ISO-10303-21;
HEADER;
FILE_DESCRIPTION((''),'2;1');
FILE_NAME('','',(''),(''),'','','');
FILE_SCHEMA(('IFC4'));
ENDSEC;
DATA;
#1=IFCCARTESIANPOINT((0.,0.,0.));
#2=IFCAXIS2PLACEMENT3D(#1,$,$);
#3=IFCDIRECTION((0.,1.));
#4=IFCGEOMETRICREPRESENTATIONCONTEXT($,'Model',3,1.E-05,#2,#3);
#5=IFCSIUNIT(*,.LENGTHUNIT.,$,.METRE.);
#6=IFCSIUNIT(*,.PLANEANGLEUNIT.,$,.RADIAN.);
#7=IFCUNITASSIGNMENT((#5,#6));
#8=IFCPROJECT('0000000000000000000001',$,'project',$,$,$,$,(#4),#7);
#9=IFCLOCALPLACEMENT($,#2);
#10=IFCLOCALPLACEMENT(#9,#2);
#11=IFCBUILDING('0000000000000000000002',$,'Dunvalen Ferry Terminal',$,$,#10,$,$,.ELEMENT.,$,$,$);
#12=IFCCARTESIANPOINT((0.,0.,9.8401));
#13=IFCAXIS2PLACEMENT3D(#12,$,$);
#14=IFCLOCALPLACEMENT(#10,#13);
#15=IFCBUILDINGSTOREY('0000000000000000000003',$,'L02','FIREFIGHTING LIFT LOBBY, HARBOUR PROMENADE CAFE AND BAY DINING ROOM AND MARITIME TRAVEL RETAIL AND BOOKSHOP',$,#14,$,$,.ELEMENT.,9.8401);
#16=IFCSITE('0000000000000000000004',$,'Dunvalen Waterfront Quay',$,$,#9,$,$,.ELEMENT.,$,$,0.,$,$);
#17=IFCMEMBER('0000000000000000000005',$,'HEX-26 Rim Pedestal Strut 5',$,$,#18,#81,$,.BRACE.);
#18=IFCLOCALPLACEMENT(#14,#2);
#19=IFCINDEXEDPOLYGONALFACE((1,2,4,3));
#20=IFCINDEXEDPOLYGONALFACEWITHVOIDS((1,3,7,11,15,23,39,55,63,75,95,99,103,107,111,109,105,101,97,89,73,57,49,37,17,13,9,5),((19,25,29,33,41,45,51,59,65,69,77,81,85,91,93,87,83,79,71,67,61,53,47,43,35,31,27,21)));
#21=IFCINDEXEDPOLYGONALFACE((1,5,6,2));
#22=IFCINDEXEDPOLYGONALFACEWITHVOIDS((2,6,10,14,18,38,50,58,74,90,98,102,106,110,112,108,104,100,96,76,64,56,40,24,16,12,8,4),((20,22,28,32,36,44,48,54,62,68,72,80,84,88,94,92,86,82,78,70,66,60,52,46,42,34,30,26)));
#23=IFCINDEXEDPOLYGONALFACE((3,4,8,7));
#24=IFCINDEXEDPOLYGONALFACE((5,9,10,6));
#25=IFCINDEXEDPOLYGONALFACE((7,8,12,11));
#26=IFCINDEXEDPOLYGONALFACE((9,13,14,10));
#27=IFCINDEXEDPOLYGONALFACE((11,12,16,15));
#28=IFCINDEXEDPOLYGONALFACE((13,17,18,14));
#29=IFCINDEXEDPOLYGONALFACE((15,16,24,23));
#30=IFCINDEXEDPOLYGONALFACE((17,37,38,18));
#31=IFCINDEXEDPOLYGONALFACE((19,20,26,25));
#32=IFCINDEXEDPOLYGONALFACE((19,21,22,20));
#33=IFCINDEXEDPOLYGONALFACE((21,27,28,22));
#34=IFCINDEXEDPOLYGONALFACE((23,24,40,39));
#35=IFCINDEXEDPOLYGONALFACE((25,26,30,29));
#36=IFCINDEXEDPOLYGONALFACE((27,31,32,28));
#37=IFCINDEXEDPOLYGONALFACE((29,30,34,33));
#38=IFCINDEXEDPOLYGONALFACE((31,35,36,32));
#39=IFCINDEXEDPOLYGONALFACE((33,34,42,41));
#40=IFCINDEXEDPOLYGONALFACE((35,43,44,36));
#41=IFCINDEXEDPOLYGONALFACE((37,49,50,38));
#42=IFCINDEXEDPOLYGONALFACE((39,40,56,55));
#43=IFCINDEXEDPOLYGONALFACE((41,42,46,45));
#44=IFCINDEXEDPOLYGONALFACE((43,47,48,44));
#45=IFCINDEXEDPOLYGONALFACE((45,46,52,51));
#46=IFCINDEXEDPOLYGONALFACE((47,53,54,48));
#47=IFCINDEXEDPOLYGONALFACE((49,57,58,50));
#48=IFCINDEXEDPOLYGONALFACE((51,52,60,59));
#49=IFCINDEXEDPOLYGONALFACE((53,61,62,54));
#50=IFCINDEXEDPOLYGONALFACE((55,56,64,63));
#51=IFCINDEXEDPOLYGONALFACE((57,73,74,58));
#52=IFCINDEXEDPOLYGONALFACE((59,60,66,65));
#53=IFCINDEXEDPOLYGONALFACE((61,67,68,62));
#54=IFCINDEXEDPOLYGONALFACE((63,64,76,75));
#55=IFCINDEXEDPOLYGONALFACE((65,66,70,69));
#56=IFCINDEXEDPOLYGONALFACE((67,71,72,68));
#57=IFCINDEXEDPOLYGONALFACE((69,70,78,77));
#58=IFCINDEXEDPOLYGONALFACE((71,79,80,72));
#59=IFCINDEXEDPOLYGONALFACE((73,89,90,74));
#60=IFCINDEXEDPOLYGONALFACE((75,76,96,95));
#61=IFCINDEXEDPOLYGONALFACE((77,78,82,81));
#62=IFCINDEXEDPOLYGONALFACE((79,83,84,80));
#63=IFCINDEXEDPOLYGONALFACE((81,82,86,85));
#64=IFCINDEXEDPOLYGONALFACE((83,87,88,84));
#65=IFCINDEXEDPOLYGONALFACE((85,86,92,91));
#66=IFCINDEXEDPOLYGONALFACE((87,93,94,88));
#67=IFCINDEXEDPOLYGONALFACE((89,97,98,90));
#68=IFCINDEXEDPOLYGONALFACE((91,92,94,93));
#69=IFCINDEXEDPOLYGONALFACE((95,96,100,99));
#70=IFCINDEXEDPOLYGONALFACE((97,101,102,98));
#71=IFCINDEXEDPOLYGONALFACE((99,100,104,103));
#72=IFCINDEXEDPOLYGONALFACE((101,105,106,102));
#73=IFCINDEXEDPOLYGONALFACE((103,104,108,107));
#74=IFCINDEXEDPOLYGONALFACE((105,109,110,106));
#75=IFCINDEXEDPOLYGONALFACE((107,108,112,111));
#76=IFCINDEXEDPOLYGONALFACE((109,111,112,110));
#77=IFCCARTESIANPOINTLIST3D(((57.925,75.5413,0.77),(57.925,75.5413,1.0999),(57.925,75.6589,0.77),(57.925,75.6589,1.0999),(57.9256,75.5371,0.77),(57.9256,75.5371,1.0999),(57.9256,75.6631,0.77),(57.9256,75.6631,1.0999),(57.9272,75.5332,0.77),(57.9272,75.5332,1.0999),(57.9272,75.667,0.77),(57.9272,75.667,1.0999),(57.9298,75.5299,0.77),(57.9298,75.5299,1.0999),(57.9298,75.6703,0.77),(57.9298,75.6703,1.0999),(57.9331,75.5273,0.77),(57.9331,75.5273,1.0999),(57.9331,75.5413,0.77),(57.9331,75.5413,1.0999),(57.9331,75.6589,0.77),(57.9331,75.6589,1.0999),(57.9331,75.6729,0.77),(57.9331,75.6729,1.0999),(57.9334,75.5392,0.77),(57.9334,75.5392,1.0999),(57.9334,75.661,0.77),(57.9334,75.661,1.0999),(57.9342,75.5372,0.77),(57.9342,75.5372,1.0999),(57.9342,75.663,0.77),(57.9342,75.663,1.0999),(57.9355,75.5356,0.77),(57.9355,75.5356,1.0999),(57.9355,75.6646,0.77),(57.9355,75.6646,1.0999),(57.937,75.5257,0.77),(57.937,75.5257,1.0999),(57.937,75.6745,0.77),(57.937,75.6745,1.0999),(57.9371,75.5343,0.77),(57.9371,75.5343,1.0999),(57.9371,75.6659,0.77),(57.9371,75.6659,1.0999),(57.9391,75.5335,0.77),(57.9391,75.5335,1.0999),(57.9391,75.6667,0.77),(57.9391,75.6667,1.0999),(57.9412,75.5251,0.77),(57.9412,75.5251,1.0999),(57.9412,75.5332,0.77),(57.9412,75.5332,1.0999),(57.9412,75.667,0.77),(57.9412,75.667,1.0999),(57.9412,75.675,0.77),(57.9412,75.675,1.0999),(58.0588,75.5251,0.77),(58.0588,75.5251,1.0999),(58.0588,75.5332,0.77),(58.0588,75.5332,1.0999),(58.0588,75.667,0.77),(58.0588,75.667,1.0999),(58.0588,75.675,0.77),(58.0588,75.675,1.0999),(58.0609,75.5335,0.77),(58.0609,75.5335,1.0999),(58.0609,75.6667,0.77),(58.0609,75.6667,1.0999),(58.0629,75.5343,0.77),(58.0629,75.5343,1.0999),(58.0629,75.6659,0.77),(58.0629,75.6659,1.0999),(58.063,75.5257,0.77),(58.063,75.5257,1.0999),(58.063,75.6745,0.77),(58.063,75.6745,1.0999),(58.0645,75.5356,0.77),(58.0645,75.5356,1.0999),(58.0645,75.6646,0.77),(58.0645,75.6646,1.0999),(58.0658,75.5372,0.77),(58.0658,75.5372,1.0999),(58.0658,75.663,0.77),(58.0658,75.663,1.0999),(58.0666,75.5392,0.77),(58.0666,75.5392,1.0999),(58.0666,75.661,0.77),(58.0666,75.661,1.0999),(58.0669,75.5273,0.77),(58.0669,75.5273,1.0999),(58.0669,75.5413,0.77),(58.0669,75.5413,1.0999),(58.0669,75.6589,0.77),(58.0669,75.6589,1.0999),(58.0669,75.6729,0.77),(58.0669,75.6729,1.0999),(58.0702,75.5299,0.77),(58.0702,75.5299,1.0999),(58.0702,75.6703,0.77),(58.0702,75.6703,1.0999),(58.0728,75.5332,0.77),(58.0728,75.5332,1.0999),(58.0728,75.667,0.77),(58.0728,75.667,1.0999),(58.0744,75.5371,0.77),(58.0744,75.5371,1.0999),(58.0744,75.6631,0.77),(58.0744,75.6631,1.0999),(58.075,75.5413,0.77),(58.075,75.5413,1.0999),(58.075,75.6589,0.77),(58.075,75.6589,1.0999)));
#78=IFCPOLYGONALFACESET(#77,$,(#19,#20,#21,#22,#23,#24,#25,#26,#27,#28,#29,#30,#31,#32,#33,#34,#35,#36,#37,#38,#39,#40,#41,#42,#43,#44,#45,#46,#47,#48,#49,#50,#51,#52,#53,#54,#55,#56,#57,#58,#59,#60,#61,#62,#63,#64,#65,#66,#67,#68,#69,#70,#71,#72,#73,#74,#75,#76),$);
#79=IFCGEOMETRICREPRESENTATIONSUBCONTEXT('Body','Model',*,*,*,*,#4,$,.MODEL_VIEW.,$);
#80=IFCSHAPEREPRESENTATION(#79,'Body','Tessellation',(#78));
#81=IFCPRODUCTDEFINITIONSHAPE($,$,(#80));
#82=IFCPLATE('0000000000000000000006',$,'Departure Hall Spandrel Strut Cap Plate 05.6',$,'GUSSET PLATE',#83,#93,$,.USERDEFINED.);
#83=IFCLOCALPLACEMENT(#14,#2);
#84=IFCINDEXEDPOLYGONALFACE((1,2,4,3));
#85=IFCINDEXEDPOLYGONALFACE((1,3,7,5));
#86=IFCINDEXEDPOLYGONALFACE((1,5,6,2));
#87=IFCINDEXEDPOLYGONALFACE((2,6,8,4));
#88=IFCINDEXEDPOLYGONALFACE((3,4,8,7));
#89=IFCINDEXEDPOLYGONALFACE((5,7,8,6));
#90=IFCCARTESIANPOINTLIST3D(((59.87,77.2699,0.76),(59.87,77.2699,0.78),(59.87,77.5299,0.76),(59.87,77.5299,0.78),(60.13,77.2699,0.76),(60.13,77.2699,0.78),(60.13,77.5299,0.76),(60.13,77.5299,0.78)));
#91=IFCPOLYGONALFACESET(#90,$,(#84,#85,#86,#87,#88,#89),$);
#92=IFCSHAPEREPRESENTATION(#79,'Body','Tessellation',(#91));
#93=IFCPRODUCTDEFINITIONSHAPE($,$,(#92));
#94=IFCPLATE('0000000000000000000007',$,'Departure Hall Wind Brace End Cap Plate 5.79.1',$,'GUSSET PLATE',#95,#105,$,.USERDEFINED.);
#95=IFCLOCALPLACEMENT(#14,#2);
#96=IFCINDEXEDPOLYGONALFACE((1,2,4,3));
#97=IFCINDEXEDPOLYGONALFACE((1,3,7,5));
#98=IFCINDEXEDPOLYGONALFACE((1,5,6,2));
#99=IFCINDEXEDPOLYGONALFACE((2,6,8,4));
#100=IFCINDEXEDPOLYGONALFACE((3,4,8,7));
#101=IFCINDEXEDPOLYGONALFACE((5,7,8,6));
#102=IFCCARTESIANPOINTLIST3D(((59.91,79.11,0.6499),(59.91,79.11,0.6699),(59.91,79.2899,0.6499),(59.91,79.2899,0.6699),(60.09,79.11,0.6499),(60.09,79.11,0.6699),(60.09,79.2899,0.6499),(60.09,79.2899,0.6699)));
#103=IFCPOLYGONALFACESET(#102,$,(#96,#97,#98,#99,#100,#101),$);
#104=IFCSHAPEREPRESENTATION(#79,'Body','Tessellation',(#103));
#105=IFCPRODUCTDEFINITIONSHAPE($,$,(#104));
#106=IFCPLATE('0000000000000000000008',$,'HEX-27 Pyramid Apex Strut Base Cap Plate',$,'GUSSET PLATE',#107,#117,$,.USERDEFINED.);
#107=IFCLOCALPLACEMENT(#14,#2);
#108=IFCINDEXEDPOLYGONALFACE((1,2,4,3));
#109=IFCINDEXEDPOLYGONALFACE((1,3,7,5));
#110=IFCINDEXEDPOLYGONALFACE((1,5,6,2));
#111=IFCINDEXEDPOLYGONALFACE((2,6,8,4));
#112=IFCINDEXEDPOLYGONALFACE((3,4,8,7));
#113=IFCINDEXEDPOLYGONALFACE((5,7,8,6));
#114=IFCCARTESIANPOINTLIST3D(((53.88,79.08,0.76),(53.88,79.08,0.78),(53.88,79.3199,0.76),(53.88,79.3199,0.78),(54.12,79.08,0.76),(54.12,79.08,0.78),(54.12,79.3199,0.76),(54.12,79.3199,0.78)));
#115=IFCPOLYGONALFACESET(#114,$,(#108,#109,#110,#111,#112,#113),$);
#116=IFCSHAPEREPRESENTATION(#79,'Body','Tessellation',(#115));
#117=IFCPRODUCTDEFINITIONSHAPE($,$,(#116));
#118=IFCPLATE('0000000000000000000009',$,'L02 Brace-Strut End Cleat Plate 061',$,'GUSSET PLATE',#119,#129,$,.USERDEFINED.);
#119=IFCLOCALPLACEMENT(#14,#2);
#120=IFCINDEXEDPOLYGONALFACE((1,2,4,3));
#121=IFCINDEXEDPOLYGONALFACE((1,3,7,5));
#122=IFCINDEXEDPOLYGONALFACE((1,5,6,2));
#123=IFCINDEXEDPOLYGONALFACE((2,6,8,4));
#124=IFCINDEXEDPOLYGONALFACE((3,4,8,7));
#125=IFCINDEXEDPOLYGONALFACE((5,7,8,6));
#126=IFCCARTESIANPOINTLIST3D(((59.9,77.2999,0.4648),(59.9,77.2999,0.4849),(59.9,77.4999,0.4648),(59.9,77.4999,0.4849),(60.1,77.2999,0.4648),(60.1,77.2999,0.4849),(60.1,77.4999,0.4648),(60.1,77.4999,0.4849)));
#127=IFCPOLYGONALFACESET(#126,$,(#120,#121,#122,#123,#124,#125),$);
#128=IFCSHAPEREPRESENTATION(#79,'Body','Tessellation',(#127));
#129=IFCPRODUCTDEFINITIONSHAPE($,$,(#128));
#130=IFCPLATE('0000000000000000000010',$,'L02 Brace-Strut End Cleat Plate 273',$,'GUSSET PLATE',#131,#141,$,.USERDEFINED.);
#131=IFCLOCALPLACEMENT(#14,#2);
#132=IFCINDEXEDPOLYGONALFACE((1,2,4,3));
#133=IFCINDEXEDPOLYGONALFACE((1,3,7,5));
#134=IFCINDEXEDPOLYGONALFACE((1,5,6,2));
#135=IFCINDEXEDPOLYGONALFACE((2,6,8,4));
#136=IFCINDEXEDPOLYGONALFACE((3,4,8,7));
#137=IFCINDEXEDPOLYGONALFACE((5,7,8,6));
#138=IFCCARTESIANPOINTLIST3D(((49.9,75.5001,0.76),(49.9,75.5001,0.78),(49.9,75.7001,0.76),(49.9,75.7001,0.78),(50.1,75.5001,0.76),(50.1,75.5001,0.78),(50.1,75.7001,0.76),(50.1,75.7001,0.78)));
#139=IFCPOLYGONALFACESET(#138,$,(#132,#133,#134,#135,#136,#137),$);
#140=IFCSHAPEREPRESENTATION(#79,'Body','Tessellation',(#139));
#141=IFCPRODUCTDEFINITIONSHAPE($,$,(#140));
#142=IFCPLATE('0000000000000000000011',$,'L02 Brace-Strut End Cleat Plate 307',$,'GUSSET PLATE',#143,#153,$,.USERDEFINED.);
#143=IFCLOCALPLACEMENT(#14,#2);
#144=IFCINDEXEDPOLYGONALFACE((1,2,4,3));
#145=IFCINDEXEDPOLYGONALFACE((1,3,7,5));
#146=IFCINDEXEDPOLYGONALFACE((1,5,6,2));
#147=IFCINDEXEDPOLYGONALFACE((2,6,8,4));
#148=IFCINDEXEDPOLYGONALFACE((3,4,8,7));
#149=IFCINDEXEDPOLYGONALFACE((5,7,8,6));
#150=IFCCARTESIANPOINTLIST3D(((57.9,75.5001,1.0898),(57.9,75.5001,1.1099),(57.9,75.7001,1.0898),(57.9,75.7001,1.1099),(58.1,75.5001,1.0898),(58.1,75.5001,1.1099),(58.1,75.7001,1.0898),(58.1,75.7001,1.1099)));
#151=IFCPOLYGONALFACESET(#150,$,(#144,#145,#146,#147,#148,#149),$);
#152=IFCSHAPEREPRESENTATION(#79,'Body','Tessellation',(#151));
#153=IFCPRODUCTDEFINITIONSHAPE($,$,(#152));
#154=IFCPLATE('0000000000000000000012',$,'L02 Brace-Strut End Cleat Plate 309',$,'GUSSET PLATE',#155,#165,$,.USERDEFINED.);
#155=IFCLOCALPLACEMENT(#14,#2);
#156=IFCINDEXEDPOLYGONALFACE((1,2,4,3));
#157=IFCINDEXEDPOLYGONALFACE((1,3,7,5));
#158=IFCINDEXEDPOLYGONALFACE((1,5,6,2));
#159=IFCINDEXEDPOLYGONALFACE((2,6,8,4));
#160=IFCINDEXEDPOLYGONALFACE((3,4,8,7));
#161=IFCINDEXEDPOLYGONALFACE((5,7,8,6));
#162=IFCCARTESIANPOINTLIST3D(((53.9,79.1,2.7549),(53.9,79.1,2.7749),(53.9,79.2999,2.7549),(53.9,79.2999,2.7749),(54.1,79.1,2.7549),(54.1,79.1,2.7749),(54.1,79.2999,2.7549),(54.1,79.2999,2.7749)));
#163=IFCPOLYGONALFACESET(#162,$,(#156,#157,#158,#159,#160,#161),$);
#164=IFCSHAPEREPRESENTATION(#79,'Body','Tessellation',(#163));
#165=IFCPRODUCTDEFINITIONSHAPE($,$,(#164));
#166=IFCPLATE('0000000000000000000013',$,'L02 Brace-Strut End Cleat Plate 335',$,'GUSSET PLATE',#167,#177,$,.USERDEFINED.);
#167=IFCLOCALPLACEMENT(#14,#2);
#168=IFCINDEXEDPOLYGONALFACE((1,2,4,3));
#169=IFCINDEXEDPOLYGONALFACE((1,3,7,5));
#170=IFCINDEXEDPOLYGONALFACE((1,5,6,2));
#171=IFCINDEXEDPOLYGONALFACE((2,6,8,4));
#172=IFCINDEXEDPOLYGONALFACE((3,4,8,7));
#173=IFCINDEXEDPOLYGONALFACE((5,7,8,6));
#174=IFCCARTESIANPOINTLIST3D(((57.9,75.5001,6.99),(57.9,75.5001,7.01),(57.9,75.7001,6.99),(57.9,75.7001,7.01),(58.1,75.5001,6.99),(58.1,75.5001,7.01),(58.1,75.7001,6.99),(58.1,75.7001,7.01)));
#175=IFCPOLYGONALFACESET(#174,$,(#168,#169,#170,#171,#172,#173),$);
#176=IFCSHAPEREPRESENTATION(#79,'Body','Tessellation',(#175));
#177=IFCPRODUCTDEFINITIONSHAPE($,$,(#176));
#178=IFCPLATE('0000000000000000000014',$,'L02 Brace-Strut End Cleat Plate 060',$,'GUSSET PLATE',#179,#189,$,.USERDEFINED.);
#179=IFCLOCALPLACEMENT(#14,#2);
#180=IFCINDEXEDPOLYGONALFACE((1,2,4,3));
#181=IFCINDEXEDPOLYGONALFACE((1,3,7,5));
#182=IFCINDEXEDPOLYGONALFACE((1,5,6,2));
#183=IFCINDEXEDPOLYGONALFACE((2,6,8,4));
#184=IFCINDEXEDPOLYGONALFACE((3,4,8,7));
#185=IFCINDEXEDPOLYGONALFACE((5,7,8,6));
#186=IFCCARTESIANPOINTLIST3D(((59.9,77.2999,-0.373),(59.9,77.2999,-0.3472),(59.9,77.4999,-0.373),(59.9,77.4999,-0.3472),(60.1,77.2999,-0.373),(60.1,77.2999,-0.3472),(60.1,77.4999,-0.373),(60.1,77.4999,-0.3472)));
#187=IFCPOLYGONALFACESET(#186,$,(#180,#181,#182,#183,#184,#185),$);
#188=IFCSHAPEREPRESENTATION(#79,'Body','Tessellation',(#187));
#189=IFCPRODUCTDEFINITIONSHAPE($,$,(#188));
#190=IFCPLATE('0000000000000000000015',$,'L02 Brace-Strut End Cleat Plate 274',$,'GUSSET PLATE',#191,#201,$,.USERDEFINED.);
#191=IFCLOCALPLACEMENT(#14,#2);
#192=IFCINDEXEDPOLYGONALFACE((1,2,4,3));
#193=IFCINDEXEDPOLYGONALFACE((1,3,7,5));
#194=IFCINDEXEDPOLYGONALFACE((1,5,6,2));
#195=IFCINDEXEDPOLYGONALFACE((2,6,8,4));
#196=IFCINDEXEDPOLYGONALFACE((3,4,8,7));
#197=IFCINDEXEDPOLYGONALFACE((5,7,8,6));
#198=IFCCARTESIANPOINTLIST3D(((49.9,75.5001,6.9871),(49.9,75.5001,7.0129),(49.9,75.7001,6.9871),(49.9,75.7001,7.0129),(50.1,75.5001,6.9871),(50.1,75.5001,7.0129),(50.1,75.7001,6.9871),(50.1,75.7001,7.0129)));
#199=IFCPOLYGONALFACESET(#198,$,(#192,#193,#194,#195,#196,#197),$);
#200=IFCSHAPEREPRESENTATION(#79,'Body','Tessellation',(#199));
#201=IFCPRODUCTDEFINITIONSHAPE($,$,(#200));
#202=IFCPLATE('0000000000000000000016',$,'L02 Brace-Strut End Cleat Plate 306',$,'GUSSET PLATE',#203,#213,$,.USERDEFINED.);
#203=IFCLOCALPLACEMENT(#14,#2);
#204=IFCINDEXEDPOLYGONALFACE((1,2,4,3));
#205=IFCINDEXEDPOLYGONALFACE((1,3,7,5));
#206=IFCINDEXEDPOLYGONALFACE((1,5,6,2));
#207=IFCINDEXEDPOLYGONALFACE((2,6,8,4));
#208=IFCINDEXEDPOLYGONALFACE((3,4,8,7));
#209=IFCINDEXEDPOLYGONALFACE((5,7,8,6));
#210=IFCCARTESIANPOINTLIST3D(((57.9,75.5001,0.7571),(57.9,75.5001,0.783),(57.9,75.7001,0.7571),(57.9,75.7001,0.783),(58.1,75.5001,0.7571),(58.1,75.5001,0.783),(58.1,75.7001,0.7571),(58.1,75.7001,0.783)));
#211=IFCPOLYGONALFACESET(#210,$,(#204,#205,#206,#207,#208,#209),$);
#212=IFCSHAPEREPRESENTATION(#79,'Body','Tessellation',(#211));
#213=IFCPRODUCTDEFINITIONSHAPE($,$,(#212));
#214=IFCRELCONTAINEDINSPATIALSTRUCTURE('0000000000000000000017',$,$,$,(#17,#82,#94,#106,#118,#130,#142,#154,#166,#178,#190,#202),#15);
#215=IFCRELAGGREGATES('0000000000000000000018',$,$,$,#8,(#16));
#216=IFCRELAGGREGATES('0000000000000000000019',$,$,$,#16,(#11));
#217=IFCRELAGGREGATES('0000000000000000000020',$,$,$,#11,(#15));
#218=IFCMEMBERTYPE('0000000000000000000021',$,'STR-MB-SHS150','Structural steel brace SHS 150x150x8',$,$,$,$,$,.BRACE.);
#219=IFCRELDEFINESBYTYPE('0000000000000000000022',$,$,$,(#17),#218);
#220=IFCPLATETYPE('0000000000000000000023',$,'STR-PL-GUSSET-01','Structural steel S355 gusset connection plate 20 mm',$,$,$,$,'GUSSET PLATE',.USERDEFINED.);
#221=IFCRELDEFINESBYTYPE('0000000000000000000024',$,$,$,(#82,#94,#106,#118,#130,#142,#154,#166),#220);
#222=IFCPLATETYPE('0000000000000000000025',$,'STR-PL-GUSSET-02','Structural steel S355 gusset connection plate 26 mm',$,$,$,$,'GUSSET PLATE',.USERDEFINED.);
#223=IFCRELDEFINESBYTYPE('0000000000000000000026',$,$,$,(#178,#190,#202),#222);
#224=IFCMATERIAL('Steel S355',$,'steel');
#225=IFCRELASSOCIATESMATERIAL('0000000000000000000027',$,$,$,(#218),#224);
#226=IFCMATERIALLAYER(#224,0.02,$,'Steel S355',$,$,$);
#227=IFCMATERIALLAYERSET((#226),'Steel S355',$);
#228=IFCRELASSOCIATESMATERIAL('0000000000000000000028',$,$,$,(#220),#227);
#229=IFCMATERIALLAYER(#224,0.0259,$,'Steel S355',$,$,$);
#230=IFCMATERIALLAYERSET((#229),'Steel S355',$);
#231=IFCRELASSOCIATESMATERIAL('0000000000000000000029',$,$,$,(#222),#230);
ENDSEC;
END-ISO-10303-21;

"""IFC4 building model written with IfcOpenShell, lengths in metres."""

from ifc_helpers import new_model, si_unit, direction, frame, origin, origin_2d, place, context, subcontext, project, spatial, rectangle, hollow_rectangle, extrude, material, layer, layer_set, material_profile, profile_set, type_object, element, save


model = new_model("IFC4")

# Units and contexts
model_context = context("Model", 3, precision=1e-05, world=origin(), true_north=direction((0.0, 1.0)))
body_context = subcontext(model_context, "Body", "Model", "MODEL_VIEW")
ifc_project = project(units=[si_unit("LENGTHUNIT", "METRE"), si_unit("PLANEANGLEUNIT", "RADIAN")], contexts=[model_context])

# Site, building, storey
site_placement = place(None, origin())
site = spatial("IfcSite", under=ifc_project, at=site_placement, Name="Dunvalen Waterfront Quay", CompositionType="ELEMENT", RefElevation=0.0)
building_placement = place(site_placement, origin())
building = spatial("IfcBuilding", under=site, at=building_placement, Name="Dunvalen Ferry Terminal", CompositionType="ELEMENT")
storey_placement = place(building_placement, frame((0.0, 0.0, 9.8401)))
storey = spatial("IfcBuildingStorey", under=building, at=storey_placement, Name="L02", Description="FIREFIGHTING LIFT LOBBY, HARBOUR PROMENADE CAFE AND BAY DINING ROOM AND MARITIME TRAVEL RETAIL AND BOOKSHOP", CompositionType="ELEMENT", Elevation=9.8401)

# Shared definitions
ifc_material_1 = material(Name="Steel S355", Category="steel")

# Member
ifc_material_profile_1 = material_profile(ifc_material_1, hollow_rectangle(XDim=0.1499, YDim=0.1499, WallThickness=0.0081, InnerFilletRadius=0.0081, OuterFilletRadius=0.0161, at=origin_2d()), Name="Steel S355")
ifc_profile_set_1 = profile_set([ifc_material_profile_1], Name="Steel S355")
member_type_1 = type_object("IfcMemberType", Name="STR-MB-SHS150", Description="Structural steel brace SHS 150x150x8", PredefinedType="BRACE", material=ifc_profile_set_1)
member_1_placement = place(storey_placement, frame((58.0, 75.6001, 0.77), z_axis=(0.0, 0.0, 1.0), x_axis=(1.0, 0.0, 0.0)))
element("IfcMember", 1, at=member_1_placement, inside=storey, type_object=member_type_1, Name="HEX-26 Rim Pedestal Strut 5", PredefinedType="BRACE", context=body_context, shape_type="SweptSolid", body=[
    extrude(hollow_rectangle(XDim=0.1499, YDim=0.1499, WallThickness=0.0081, InnerFilletRadius=0.0081, OuterFilletRadius=0.0161, at=origin_2d()), origin(), (0.0, 0.0, 1.0), 0.3298),
])

# Plates
ifc_layer_1 = layer(ifc_material_1, 0.02, Name="Steel S355")
ifc_layer_set_1 = layer_set([ifc_layer_1], Name="Steel S355")
plate_type_1 = type_object("IfcPlateType", Name="STR-PL-GUSSET-01", Description="Structural steel S355 gusset connection plate 20 mm", ElementType="GUSSET PLATE", PredefinedType="USERDEFINED", material=ifc_layer_set_1)
plate_1_placement = place(storey_placement, frame((60.0, 77.3999, 0.76), z_axis=(0.0, 0.0, 1.0), x_axis=(1.0, 0.0, 0.0)))
element("IfcPlate", 2, at=plate_1_placement, inside=storey, type_object=plate_type_1, Name="Departure Hall Spandrel Strut Cap Plate 05.6", ObjectType="GUSSET PLATE", PredefinedType="USERDEFINED", context=body_context, shape_type="SweptSolid", body=[
    extrude(rectangle(XDim=0.26, YDim=0.26, at=origin_2d()), origin(), (0.0, 0.0, 1.0), 0.02),
])
plate_2_placement = place(storey_placement, frame((60.0, 79.2, 0.6499), z_axis=(0.0, 0.0, 1.0), x_axis=(1.0, 0.0, 0.0)))
element("IfcPlate", 3, at=plate_2_placement, inside=storey, type_object=plate_type_1, Name="Departure Hall Wind Brace End Cap Plate 5.79.1", ObjectType="GUSSET PLATE", PredefinedType="USERDEFINED", context=body_context, shape_type="SweptSolid", body=[
    extrude(rectangle(XDim=0.1799, YDim=0.1799, at=origin_2d()), origin(), (0.0, 0.0, 1.0), 0.02),
])
plate_3_placement = place(storey_placement, frame((54.0, 79.2, 0.76), z_axis=(0.0, 0.0, 1.0), x_axis=(1.0, 0.0, 0.0)))
element("IfcPlate", 4, at=plate_3_placement, inside=storey, type_object=plate_type_1, Name="HEX-27 Pyramid Apex Strut Base Cap Plate", ObjectType="GUSSET PLATE", PredefinedType="USERDEFINED", context=body_context, shape_type="SweptSolid", body=[
    extrude(rectangle(XDim=0.24, YDim=0.24, at=origin_2d()), origin(), (0.0, 0.0, 1.0), 0.02),
])
for number, where, z_axis, x_axis, name in (
    (5, (60.0, 77.3999, 0.4648), (0.0, 0.0, 1.0), (1.0, 0.0, 0.0), "L02 Brace-Strut End Cleat Plate 061"),
    (6, (50.0, 75.6001, 0.76), (0.0, 0.0, 1.0), (1.0, 0.0, 0.0), "L02 Brace-Strut End Cleat Plate 273"),
    (7, (58.0, 75.6001, 1.0898), (0.0, 0.0, 1.0), (1.0, 0.0, 0.0), "L02 Brace-Strut End Cleat Plate 307"),
    (8, (54.0, 79.2, 2.7549), (0.0, 0.0, 1.0), (1.0, 0.0, 0.0), "L02 Brace-Strut End Cleat Plate 309"),
    (9, (58.0, 75.6001, 6.99), (0.0, 0.0, 1.0), (1.0, 0.0, 0.0), "L02 Brace-Strut End Cleat Plate 335"),
):
    element("IfcPlate", number, at=place(storey_placement, frame(where, z_axis=z_axis, x_axis=x_axis)), inside=storey, type_object=plate_type_1, Name=name, ObjectType="GUSSET PLATE", PredefinedType="USERDEFINED", context=body_context, shape_type="SweptSolid", body=[
        extrude(rectangle(XDim=0.2, YDim=0.2, at=origin_2d()), origin(), (0.0, 0.0, 1.0), 0.02),
    ])
ifc_layer_2 = layer(ifc_material_1, 0.0259, Name="Steel S355")
ifc_layer_set_2 = layer_set([ifc_layer_2], Name="Steel S355")
plate_type_2 = type_object("IfcPlateType", Name="STR-PL-GUSSET-02", Description="Structural steel S355 gusset connection plate 26 mm", ElementType="GUSSET PLATE", PredefinedType="USERDEFINED", material=ifc_layer_set_2)
for number, where, z_axis, x_axis, name in (
    (10, (60.0, 77.3999, -0.373), (0.0, 0.0, 1.0), (1.0, 0.0, 0.0), "L02 Brace-Strut End Cleat Plate 060"),
    (11, (50.0, 75.6001, 6.9871), (0.0, 0.0, 1.0), (1.0, 0.0, 0.0), "L02 Brace-Strut End Cleat Plate 274"),
    (12, (58.0, 75.6001, 0.7571), (0.0, 0.0, 1.0), (1.0, 0.0, 0.0), "L02 Brace-Strut End Cleat Plate 306"),
):
    element("IfcPlate", number, at=place(storey_placement, frame(where, z_axis=z_axis, x_axis=x_axis)), inside=storey, type_object=plate_type_2, Name=name, ObjectType="GUSSET PLATE", PredefinedType="USERDEFINED", context=body_context, shape_type="SweptSolid", body=[
        extrude(rectangle(XDim=0.2, YDim=0.2, at=origin_2d()), origin(), (0.0, 0.0, 1.0), 0.0259),
    ])

save(model, "model.ifc")
